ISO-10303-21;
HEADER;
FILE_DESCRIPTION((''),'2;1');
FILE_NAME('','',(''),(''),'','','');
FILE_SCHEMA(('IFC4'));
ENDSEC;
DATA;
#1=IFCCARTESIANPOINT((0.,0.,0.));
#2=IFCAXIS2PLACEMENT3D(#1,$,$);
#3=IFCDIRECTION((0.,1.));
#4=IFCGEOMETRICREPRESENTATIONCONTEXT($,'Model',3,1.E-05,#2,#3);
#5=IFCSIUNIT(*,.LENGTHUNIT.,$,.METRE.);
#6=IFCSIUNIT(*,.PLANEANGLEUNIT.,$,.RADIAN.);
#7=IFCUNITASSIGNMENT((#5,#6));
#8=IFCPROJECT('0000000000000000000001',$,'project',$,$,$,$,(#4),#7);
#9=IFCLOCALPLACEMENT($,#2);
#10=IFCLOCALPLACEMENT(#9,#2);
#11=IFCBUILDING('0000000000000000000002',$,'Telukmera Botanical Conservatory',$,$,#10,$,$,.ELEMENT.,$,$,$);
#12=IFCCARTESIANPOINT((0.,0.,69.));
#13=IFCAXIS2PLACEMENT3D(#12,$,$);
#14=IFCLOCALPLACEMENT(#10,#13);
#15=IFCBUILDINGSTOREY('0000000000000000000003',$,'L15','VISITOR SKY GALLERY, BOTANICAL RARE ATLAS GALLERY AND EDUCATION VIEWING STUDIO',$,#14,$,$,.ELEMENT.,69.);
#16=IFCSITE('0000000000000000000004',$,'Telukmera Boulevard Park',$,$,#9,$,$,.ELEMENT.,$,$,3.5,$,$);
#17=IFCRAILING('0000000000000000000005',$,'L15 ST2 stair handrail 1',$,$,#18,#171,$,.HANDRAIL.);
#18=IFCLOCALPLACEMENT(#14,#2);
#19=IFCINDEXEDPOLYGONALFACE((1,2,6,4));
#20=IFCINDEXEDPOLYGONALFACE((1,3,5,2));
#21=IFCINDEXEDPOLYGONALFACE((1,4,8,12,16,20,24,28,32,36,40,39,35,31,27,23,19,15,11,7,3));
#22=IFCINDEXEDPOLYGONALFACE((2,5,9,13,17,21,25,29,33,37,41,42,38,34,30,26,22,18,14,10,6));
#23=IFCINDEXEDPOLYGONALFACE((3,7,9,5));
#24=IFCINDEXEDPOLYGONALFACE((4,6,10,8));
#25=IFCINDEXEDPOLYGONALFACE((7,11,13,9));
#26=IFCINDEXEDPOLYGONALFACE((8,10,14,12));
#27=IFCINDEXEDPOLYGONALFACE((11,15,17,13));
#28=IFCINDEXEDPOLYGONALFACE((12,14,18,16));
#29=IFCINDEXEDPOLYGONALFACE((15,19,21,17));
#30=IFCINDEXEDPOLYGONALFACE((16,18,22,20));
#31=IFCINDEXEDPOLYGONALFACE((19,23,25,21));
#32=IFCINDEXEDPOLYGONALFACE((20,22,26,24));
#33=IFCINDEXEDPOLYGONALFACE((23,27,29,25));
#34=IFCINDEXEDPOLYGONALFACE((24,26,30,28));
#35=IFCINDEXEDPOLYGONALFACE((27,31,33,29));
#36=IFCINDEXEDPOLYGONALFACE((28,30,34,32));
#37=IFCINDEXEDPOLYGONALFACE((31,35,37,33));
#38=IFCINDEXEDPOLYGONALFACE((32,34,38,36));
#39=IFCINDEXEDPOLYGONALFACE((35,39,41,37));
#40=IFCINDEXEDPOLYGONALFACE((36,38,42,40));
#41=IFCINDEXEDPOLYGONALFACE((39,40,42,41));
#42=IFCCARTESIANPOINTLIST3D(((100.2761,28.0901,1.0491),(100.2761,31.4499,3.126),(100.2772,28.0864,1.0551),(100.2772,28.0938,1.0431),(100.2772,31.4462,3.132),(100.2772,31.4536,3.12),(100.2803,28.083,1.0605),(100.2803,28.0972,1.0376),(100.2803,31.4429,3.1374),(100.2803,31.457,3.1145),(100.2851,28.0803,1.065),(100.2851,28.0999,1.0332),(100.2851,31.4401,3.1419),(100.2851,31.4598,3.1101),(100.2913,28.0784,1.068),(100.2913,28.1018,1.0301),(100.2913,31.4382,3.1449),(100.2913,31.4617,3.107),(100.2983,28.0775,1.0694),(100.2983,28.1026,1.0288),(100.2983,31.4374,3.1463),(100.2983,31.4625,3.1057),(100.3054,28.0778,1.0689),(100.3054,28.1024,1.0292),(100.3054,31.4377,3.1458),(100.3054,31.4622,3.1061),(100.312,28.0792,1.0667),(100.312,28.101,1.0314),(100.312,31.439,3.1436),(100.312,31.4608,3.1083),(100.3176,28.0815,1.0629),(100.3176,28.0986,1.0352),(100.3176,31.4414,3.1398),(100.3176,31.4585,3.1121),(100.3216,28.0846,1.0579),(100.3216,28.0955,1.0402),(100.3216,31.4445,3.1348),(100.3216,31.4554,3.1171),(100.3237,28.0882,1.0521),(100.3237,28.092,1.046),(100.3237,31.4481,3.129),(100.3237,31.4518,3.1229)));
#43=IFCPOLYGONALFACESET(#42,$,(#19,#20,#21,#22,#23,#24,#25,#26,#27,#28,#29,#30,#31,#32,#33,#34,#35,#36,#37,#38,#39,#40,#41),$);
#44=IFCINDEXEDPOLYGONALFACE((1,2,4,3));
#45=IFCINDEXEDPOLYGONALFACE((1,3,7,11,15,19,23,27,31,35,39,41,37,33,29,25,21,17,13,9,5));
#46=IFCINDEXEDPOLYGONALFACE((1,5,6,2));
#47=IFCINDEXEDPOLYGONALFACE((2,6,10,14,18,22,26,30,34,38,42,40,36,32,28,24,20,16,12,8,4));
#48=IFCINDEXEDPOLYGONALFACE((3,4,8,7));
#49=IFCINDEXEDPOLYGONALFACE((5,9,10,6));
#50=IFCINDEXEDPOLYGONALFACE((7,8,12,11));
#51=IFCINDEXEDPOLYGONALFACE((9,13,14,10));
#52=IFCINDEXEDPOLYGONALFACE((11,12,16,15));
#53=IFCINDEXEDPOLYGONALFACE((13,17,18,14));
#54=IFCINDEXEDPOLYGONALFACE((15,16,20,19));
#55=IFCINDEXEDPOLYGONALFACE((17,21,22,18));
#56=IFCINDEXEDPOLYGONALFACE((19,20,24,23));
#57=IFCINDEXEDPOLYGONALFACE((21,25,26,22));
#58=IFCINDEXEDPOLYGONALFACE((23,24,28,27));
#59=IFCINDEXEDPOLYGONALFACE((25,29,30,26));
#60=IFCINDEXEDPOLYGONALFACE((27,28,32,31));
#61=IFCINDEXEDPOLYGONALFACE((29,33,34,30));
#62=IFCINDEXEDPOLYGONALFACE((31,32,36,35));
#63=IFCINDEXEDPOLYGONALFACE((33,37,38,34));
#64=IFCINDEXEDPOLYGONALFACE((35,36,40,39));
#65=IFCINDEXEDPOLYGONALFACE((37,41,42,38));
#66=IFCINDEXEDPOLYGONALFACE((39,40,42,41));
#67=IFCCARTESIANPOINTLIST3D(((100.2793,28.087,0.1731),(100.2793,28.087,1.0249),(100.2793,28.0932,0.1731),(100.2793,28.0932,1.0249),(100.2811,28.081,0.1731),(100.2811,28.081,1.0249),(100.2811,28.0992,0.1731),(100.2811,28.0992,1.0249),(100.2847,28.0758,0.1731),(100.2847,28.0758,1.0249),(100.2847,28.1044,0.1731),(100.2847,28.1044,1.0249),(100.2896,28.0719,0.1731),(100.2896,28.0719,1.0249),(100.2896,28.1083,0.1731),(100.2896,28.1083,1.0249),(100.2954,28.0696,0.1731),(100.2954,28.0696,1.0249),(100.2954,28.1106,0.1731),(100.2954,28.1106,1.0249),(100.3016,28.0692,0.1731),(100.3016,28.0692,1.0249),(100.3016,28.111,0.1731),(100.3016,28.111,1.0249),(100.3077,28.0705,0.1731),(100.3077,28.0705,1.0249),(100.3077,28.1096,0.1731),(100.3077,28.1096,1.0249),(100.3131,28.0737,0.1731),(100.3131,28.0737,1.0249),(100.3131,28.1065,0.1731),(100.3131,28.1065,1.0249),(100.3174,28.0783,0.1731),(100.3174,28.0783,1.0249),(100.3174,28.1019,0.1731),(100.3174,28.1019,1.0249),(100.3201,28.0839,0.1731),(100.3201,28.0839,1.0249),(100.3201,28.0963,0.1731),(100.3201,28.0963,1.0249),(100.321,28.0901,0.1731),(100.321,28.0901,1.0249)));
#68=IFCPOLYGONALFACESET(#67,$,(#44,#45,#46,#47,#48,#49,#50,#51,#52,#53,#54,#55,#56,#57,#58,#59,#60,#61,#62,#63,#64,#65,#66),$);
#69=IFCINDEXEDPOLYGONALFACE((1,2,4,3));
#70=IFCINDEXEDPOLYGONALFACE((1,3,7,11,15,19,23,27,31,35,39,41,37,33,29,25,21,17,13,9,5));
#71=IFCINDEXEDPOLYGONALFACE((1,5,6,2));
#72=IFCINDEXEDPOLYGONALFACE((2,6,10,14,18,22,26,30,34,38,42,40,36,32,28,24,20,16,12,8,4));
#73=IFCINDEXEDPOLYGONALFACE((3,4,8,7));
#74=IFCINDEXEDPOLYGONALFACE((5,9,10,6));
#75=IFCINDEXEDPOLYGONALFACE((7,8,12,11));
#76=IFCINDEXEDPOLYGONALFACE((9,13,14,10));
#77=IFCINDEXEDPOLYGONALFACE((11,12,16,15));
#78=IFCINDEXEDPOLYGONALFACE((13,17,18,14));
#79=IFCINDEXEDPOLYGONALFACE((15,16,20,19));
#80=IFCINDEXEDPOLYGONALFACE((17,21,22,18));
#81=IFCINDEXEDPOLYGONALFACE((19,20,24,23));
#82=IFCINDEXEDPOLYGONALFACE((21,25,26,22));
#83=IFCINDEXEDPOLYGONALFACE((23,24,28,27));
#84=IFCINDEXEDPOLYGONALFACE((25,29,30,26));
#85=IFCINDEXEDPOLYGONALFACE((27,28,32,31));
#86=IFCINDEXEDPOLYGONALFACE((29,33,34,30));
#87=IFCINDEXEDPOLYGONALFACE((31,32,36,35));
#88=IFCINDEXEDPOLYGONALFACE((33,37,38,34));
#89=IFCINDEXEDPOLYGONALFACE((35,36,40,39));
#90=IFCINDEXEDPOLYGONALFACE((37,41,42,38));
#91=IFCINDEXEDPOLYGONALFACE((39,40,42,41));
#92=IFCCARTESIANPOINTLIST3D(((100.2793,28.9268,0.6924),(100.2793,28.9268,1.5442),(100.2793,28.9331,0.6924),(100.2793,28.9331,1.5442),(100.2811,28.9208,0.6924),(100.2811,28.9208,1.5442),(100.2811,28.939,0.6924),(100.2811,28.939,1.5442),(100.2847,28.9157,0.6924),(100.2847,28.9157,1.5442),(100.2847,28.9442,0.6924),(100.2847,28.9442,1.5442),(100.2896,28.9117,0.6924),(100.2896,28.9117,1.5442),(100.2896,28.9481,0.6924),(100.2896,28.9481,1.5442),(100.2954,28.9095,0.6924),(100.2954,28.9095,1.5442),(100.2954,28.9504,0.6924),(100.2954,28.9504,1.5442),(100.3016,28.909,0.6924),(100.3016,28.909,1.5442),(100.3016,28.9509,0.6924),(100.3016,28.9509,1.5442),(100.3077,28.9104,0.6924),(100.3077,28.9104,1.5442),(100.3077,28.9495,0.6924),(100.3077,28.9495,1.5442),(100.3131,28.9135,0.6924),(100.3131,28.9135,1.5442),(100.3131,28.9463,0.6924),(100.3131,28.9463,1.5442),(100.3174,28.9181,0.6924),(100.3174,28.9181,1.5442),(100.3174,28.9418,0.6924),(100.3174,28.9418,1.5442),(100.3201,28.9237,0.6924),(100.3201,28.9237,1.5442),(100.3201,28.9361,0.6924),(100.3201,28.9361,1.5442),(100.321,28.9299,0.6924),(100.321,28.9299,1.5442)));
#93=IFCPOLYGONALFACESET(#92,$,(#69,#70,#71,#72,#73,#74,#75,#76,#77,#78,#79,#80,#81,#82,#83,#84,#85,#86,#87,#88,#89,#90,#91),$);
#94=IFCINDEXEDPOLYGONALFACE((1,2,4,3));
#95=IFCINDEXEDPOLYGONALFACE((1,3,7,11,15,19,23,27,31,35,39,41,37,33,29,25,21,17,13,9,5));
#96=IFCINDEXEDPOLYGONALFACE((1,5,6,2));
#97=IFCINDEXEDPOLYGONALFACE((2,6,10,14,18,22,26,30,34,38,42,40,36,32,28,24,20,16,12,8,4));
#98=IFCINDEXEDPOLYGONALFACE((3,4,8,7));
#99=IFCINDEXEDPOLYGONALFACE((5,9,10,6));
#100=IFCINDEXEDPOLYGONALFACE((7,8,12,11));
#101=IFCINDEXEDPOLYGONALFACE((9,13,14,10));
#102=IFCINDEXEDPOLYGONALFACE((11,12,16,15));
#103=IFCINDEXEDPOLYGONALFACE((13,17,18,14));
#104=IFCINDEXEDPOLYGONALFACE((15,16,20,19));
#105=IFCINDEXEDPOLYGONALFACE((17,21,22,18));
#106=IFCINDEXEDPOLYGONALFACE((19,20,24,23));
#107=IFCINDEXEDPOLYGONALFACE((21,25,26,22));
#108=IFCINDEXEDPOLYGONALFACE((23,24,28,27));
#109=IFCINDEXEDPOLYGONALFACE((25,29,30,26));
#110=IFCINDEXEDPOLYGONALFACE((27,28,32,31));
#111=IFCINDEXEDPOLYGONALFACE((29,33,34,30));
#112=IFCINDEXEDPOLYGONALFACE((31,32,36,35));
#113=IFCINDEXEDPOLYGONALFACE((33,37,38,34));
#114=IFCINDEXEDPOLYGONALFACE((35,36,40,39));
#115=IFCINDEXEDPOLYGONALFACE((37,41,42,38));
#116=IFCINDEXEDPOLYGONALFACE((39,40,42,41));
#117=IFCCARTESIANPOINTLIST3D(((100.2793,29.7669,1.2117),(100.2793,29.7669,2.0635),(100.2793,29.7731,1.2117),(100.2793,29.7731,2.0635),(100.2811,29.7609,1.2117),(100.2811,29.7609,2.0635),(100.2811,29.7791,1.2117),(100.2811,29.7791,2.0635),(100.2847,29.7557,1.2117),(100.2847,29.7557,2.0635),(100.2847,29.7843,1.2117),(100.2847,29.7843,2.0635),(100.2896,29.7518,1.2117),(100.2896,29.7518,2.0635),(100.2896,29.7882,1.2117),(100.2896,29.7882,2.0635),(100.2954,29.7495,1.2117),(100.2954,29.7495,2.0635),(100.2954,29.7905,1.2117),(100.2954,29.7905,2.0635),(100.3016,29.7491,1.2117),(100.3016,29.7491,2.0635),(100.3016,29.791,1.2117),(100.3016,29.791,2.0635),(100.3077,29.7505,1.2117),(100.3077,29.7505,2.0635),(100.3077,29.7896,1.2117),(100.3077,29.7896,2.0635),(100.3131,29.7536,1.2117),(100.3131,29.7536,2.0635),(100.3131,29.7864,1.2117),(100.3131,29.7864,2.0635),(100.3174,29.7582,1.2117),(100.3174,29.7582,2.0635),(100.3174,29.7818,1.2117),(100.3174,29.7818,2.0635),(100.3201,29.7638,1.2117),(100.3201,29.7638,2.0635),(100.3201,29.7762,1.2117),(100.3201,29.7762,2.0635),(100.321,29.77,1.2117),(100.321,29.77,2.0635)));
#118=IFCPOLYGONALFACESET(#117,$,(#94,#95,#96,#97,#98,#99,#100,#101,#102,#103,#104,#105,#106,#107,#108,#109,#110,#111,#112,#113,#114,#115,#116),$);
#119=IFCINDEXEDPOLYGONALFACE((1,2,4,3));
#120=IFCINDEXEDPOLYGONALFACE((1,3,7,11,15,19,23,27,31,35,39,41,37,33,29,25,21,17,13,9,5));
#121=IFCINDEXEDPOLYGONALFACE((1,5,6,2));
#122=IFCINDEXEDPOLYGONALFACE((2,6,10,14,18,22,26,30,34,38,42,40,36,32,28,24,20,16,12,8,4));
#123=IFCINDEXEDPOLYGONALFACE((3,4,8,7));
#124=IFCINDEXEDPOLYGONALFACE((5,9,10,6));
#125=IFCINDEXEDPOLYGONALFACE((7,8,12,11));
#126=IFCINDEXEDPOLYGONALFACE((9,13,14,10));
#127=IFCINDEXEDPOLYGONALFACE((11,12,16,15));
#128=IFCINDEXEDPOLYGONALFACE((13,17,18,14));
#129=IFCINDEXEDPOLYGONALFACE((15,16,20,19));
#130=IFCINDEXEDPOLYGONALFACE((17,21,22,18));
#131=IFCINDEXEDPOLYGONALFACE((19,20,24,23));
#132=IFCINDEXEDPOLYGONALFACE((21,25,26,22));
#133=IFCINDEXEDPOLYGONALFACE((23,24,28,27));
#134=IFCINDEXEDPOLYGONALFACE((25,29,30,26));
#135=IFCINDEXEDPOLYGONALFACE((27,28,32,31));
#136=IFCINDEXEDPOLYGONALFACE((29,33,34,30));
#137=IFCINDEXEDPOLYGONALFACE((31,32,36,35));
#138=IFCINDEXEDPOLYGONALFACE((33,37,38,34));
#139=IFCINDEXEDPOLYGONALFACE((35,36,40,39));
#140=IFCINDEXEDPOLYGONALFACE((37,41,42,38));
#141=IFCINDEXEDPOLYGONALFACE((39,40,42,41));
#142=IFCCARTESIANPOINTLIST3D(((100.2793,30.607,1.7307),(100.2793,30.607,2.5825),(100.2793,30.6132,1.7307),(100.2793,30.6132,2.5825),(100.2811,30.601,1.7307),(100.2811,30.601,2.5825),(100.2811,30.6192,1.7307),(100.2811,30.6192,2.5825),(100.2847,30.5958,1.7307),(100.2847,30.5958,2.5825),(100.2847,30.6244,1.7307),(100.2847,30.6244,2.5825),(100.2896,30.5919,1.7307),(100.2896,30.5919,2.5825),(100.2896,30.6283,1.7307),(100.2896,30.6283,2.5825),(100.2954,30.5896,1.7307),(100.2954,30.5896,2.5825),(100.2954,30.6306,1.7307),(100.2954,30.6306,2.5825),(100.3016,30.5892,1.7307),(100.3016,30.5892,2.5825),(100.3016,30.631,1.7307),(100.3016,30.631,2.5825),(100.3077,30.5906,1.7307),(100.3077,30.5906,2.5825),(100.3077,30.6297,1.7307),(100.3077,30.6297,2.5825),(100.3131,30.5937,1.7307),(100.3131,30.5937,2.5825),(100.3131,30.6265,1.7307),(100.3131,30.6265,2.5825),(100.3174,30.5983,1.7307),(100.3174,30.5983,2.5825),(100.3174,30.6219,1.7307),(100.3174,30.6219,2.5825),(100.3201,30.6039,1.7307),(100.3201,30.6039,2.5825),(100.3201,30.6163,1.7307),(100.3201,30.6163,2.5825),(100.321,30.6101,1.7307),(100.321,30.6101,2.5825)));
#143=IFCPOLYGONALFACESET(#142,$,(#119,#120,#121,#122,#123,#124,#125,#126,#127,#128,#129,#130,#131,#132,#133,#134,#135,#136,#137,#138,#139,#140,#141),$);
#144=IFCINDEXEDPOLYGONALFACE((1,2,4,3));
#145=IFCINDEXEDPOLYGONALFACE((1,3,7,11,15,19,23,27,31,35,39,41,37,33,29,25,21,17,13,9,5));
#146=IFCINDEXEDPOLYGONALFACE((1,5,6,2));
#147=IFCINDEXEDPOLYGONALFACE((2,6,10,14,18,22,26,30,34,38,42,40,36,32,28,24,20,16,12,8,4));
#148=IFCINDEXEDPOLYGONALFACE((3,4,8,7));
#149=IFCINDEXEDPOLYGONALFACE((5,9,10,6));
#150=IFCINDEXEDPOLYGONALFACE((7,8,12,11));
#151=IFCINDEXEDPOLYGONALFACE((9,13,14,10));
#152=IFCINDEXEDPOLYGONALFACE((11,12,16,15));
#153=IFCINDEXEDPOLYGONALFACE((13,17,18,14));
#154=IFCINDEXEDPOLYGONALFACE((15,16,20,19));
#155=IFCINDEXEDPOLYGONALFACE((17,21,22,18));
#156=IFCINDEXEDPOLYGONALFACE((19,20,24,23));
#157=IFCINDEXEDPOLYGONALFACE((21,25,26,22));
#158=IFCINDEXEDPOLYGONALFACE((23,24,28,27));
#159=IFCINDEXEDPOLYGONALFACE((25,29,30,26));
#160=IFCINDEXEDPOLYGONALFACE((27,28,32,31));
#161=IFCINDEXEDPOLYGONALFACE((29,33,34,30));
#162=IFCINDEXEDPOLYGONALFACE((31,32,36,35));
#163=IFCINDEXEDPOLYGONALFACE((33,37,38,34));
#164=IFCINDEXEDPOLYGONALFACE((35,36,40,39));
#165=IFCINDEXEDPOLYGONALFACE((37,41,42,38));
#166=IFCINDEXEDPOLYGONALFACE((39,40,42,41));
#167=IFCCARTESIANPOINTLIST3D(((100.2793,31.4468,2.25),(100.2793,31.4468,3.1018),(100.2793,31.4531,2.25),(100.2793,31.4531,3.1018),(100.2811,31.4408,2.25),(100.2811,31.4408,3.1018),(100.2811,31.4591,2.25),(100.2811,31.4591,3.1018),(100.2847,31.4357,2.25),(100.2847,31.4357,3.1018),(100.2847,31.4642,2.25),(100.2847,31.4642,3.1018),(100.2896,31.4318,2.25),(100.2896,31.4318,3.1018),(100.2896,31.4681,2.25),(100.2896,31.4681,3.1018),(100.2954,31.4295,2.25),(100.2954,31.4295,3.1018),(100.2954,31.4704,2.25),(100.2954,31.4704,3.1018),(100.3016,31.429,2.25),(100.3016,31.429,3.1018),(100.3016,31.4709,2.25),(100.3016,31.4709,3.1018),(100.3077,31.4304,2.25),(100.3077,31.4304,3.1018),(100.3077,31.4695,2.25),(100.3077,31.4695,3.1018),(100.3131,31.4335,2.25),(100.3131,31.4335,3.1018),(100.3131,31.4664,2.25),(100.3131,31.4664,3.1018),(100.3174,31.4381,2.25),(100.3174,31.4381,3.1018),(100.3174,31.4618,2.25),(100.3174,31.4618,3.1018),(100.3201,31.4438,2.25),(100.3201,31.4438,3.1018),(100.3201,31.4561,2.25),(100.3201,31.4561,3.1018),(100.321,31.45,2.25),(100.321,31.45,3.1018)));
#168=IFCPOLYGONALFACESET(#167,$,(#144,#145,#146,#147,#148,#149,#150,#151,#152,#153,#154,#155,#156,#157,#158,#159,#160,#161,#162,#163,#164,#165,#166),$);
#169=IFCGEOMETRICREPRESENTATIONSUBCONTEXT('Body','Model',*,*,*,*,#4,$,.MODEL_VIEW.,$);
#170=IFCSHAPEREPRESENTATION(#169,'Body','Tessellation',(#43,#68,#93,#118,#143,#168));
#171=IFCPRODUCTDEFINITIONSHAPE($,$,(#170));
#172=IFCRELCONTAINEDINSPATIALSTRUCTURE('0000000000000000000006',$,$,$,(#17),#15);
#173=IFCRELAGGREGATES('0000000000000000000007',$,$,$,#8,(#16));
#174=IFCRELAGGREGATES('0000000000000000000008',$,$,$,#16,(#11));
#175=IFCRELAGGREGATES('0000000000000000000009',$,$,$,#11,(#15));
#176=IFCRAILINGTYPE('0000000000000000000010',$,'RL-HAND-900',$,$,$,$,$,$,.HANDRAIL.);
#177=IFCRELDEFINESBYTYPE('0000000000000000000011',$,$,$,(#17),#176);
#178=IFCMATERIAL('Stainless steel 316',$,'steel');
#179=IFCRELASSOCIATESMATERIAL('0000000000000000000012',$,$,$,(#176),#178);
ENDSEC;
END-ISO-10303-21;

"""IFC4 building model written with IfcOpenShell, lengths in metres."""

from ifc_helpers import new_model, si_unit, direction, frame, origin, origin_2d, place, context, subcontext, project, spatial, circle, extrude, material, type_object, element, save


model = new_model("IFC4")

# Units and contexts
model_context = context("Model", 3, precision=1e-05, world=origin(), true_north=direction((0.0, 1.0)))
body_context = subcontext(model_context, "Body", "Model", "MODEL_VIEW")
ifc_project = project(units=[si_unit("LENGTHUNIT", "METRE"), si_unit("PLANEANGLEUNIT", "RADIAN")], contexts=[model_context])

# Site, building, storey
site_placement = place(None, origin())
site = spatial("IfcSite", under=ifc_project, at=site_placement, Name="Telukmera Boulevard Park", CompositionType="ELEMENT", RefElevation=3.5)
building_placement = place(site_placement, origin())
building = spatial("IfcBuilding", under=site, at=building_placement, Name="Telukmera Botanical Conservatory", CompositionType="ELEMENT")
storey_placement = place(building_placement, frame((0.0, 0.0, 69.0)))
storey = spatial("IfcBuildingStorey", under=building, at=storey_placement, Name="L15", Description="VISITOR SKY GALLERY, BOTANICAL RARE ATLAS GALLERY AND EDUCATION VIEWING STUDIO", CompositionType="ELEMENT", Elevation=69.0)

# Shared definitions
ifc_material_1 = material(Name="Stainless steel 316", Category="steel")

# Railing
railing_type_1 = type_object("IfcRailingType", Name="RL-HAND-900", PredefinedType="HANDRAIL", material=ifc_material_1)
railing_1_placement = place(storey_placement, frame((100.3, 28.0901, 0.1731)))
element("IfcRailing", 1, at=railing_1_placement, inside=storey, type_object=railing_type_1, Name="L15 ST2 stair handrail 1", PredefinedType="HANDRAIL", context=body_context, shape_type="SweptSolid", body=[
    extrude(circle(Radius=0.0239, at=origin_2d()), frame((0.0, 0.0, 0.876), z_axis=(0.0, 0.850606, 0.525803), x_axis=(-1.0, 0.0, 0.0)), (0.0, 0.0, 1.0), 3.95),
    extrude(circle(Radius=0.021, at=origin_2d()), origin(), (0.0, 0.0, 1.0), 0.8518),
    extrude(circle(Radius=0.021, at=origin_2d()), frame((0.0, 0.8398, 0.5193)), (0.0, 0.0, 1.0), 0.8518),
    extrude(circle(Radius=0.021, at=origin_2d()), frame((0.0, 1.6799, 1.0386)), (0.0, 0.0, 1.0), 0.8518),
    extrude(circle(Radius=0.021, at=origin_2d()), frame((0.0, 2.52, 1.5576)), (0.0, 0.0, 1.0), 0.8518),
    extrude(circle(Radius=0.021, at=origin_2d()), frame((0.0, 3.3599, 2.0769)), (0.0, 0.0, 1.0), 0.8518),
])

save(model, "model.ifc")
